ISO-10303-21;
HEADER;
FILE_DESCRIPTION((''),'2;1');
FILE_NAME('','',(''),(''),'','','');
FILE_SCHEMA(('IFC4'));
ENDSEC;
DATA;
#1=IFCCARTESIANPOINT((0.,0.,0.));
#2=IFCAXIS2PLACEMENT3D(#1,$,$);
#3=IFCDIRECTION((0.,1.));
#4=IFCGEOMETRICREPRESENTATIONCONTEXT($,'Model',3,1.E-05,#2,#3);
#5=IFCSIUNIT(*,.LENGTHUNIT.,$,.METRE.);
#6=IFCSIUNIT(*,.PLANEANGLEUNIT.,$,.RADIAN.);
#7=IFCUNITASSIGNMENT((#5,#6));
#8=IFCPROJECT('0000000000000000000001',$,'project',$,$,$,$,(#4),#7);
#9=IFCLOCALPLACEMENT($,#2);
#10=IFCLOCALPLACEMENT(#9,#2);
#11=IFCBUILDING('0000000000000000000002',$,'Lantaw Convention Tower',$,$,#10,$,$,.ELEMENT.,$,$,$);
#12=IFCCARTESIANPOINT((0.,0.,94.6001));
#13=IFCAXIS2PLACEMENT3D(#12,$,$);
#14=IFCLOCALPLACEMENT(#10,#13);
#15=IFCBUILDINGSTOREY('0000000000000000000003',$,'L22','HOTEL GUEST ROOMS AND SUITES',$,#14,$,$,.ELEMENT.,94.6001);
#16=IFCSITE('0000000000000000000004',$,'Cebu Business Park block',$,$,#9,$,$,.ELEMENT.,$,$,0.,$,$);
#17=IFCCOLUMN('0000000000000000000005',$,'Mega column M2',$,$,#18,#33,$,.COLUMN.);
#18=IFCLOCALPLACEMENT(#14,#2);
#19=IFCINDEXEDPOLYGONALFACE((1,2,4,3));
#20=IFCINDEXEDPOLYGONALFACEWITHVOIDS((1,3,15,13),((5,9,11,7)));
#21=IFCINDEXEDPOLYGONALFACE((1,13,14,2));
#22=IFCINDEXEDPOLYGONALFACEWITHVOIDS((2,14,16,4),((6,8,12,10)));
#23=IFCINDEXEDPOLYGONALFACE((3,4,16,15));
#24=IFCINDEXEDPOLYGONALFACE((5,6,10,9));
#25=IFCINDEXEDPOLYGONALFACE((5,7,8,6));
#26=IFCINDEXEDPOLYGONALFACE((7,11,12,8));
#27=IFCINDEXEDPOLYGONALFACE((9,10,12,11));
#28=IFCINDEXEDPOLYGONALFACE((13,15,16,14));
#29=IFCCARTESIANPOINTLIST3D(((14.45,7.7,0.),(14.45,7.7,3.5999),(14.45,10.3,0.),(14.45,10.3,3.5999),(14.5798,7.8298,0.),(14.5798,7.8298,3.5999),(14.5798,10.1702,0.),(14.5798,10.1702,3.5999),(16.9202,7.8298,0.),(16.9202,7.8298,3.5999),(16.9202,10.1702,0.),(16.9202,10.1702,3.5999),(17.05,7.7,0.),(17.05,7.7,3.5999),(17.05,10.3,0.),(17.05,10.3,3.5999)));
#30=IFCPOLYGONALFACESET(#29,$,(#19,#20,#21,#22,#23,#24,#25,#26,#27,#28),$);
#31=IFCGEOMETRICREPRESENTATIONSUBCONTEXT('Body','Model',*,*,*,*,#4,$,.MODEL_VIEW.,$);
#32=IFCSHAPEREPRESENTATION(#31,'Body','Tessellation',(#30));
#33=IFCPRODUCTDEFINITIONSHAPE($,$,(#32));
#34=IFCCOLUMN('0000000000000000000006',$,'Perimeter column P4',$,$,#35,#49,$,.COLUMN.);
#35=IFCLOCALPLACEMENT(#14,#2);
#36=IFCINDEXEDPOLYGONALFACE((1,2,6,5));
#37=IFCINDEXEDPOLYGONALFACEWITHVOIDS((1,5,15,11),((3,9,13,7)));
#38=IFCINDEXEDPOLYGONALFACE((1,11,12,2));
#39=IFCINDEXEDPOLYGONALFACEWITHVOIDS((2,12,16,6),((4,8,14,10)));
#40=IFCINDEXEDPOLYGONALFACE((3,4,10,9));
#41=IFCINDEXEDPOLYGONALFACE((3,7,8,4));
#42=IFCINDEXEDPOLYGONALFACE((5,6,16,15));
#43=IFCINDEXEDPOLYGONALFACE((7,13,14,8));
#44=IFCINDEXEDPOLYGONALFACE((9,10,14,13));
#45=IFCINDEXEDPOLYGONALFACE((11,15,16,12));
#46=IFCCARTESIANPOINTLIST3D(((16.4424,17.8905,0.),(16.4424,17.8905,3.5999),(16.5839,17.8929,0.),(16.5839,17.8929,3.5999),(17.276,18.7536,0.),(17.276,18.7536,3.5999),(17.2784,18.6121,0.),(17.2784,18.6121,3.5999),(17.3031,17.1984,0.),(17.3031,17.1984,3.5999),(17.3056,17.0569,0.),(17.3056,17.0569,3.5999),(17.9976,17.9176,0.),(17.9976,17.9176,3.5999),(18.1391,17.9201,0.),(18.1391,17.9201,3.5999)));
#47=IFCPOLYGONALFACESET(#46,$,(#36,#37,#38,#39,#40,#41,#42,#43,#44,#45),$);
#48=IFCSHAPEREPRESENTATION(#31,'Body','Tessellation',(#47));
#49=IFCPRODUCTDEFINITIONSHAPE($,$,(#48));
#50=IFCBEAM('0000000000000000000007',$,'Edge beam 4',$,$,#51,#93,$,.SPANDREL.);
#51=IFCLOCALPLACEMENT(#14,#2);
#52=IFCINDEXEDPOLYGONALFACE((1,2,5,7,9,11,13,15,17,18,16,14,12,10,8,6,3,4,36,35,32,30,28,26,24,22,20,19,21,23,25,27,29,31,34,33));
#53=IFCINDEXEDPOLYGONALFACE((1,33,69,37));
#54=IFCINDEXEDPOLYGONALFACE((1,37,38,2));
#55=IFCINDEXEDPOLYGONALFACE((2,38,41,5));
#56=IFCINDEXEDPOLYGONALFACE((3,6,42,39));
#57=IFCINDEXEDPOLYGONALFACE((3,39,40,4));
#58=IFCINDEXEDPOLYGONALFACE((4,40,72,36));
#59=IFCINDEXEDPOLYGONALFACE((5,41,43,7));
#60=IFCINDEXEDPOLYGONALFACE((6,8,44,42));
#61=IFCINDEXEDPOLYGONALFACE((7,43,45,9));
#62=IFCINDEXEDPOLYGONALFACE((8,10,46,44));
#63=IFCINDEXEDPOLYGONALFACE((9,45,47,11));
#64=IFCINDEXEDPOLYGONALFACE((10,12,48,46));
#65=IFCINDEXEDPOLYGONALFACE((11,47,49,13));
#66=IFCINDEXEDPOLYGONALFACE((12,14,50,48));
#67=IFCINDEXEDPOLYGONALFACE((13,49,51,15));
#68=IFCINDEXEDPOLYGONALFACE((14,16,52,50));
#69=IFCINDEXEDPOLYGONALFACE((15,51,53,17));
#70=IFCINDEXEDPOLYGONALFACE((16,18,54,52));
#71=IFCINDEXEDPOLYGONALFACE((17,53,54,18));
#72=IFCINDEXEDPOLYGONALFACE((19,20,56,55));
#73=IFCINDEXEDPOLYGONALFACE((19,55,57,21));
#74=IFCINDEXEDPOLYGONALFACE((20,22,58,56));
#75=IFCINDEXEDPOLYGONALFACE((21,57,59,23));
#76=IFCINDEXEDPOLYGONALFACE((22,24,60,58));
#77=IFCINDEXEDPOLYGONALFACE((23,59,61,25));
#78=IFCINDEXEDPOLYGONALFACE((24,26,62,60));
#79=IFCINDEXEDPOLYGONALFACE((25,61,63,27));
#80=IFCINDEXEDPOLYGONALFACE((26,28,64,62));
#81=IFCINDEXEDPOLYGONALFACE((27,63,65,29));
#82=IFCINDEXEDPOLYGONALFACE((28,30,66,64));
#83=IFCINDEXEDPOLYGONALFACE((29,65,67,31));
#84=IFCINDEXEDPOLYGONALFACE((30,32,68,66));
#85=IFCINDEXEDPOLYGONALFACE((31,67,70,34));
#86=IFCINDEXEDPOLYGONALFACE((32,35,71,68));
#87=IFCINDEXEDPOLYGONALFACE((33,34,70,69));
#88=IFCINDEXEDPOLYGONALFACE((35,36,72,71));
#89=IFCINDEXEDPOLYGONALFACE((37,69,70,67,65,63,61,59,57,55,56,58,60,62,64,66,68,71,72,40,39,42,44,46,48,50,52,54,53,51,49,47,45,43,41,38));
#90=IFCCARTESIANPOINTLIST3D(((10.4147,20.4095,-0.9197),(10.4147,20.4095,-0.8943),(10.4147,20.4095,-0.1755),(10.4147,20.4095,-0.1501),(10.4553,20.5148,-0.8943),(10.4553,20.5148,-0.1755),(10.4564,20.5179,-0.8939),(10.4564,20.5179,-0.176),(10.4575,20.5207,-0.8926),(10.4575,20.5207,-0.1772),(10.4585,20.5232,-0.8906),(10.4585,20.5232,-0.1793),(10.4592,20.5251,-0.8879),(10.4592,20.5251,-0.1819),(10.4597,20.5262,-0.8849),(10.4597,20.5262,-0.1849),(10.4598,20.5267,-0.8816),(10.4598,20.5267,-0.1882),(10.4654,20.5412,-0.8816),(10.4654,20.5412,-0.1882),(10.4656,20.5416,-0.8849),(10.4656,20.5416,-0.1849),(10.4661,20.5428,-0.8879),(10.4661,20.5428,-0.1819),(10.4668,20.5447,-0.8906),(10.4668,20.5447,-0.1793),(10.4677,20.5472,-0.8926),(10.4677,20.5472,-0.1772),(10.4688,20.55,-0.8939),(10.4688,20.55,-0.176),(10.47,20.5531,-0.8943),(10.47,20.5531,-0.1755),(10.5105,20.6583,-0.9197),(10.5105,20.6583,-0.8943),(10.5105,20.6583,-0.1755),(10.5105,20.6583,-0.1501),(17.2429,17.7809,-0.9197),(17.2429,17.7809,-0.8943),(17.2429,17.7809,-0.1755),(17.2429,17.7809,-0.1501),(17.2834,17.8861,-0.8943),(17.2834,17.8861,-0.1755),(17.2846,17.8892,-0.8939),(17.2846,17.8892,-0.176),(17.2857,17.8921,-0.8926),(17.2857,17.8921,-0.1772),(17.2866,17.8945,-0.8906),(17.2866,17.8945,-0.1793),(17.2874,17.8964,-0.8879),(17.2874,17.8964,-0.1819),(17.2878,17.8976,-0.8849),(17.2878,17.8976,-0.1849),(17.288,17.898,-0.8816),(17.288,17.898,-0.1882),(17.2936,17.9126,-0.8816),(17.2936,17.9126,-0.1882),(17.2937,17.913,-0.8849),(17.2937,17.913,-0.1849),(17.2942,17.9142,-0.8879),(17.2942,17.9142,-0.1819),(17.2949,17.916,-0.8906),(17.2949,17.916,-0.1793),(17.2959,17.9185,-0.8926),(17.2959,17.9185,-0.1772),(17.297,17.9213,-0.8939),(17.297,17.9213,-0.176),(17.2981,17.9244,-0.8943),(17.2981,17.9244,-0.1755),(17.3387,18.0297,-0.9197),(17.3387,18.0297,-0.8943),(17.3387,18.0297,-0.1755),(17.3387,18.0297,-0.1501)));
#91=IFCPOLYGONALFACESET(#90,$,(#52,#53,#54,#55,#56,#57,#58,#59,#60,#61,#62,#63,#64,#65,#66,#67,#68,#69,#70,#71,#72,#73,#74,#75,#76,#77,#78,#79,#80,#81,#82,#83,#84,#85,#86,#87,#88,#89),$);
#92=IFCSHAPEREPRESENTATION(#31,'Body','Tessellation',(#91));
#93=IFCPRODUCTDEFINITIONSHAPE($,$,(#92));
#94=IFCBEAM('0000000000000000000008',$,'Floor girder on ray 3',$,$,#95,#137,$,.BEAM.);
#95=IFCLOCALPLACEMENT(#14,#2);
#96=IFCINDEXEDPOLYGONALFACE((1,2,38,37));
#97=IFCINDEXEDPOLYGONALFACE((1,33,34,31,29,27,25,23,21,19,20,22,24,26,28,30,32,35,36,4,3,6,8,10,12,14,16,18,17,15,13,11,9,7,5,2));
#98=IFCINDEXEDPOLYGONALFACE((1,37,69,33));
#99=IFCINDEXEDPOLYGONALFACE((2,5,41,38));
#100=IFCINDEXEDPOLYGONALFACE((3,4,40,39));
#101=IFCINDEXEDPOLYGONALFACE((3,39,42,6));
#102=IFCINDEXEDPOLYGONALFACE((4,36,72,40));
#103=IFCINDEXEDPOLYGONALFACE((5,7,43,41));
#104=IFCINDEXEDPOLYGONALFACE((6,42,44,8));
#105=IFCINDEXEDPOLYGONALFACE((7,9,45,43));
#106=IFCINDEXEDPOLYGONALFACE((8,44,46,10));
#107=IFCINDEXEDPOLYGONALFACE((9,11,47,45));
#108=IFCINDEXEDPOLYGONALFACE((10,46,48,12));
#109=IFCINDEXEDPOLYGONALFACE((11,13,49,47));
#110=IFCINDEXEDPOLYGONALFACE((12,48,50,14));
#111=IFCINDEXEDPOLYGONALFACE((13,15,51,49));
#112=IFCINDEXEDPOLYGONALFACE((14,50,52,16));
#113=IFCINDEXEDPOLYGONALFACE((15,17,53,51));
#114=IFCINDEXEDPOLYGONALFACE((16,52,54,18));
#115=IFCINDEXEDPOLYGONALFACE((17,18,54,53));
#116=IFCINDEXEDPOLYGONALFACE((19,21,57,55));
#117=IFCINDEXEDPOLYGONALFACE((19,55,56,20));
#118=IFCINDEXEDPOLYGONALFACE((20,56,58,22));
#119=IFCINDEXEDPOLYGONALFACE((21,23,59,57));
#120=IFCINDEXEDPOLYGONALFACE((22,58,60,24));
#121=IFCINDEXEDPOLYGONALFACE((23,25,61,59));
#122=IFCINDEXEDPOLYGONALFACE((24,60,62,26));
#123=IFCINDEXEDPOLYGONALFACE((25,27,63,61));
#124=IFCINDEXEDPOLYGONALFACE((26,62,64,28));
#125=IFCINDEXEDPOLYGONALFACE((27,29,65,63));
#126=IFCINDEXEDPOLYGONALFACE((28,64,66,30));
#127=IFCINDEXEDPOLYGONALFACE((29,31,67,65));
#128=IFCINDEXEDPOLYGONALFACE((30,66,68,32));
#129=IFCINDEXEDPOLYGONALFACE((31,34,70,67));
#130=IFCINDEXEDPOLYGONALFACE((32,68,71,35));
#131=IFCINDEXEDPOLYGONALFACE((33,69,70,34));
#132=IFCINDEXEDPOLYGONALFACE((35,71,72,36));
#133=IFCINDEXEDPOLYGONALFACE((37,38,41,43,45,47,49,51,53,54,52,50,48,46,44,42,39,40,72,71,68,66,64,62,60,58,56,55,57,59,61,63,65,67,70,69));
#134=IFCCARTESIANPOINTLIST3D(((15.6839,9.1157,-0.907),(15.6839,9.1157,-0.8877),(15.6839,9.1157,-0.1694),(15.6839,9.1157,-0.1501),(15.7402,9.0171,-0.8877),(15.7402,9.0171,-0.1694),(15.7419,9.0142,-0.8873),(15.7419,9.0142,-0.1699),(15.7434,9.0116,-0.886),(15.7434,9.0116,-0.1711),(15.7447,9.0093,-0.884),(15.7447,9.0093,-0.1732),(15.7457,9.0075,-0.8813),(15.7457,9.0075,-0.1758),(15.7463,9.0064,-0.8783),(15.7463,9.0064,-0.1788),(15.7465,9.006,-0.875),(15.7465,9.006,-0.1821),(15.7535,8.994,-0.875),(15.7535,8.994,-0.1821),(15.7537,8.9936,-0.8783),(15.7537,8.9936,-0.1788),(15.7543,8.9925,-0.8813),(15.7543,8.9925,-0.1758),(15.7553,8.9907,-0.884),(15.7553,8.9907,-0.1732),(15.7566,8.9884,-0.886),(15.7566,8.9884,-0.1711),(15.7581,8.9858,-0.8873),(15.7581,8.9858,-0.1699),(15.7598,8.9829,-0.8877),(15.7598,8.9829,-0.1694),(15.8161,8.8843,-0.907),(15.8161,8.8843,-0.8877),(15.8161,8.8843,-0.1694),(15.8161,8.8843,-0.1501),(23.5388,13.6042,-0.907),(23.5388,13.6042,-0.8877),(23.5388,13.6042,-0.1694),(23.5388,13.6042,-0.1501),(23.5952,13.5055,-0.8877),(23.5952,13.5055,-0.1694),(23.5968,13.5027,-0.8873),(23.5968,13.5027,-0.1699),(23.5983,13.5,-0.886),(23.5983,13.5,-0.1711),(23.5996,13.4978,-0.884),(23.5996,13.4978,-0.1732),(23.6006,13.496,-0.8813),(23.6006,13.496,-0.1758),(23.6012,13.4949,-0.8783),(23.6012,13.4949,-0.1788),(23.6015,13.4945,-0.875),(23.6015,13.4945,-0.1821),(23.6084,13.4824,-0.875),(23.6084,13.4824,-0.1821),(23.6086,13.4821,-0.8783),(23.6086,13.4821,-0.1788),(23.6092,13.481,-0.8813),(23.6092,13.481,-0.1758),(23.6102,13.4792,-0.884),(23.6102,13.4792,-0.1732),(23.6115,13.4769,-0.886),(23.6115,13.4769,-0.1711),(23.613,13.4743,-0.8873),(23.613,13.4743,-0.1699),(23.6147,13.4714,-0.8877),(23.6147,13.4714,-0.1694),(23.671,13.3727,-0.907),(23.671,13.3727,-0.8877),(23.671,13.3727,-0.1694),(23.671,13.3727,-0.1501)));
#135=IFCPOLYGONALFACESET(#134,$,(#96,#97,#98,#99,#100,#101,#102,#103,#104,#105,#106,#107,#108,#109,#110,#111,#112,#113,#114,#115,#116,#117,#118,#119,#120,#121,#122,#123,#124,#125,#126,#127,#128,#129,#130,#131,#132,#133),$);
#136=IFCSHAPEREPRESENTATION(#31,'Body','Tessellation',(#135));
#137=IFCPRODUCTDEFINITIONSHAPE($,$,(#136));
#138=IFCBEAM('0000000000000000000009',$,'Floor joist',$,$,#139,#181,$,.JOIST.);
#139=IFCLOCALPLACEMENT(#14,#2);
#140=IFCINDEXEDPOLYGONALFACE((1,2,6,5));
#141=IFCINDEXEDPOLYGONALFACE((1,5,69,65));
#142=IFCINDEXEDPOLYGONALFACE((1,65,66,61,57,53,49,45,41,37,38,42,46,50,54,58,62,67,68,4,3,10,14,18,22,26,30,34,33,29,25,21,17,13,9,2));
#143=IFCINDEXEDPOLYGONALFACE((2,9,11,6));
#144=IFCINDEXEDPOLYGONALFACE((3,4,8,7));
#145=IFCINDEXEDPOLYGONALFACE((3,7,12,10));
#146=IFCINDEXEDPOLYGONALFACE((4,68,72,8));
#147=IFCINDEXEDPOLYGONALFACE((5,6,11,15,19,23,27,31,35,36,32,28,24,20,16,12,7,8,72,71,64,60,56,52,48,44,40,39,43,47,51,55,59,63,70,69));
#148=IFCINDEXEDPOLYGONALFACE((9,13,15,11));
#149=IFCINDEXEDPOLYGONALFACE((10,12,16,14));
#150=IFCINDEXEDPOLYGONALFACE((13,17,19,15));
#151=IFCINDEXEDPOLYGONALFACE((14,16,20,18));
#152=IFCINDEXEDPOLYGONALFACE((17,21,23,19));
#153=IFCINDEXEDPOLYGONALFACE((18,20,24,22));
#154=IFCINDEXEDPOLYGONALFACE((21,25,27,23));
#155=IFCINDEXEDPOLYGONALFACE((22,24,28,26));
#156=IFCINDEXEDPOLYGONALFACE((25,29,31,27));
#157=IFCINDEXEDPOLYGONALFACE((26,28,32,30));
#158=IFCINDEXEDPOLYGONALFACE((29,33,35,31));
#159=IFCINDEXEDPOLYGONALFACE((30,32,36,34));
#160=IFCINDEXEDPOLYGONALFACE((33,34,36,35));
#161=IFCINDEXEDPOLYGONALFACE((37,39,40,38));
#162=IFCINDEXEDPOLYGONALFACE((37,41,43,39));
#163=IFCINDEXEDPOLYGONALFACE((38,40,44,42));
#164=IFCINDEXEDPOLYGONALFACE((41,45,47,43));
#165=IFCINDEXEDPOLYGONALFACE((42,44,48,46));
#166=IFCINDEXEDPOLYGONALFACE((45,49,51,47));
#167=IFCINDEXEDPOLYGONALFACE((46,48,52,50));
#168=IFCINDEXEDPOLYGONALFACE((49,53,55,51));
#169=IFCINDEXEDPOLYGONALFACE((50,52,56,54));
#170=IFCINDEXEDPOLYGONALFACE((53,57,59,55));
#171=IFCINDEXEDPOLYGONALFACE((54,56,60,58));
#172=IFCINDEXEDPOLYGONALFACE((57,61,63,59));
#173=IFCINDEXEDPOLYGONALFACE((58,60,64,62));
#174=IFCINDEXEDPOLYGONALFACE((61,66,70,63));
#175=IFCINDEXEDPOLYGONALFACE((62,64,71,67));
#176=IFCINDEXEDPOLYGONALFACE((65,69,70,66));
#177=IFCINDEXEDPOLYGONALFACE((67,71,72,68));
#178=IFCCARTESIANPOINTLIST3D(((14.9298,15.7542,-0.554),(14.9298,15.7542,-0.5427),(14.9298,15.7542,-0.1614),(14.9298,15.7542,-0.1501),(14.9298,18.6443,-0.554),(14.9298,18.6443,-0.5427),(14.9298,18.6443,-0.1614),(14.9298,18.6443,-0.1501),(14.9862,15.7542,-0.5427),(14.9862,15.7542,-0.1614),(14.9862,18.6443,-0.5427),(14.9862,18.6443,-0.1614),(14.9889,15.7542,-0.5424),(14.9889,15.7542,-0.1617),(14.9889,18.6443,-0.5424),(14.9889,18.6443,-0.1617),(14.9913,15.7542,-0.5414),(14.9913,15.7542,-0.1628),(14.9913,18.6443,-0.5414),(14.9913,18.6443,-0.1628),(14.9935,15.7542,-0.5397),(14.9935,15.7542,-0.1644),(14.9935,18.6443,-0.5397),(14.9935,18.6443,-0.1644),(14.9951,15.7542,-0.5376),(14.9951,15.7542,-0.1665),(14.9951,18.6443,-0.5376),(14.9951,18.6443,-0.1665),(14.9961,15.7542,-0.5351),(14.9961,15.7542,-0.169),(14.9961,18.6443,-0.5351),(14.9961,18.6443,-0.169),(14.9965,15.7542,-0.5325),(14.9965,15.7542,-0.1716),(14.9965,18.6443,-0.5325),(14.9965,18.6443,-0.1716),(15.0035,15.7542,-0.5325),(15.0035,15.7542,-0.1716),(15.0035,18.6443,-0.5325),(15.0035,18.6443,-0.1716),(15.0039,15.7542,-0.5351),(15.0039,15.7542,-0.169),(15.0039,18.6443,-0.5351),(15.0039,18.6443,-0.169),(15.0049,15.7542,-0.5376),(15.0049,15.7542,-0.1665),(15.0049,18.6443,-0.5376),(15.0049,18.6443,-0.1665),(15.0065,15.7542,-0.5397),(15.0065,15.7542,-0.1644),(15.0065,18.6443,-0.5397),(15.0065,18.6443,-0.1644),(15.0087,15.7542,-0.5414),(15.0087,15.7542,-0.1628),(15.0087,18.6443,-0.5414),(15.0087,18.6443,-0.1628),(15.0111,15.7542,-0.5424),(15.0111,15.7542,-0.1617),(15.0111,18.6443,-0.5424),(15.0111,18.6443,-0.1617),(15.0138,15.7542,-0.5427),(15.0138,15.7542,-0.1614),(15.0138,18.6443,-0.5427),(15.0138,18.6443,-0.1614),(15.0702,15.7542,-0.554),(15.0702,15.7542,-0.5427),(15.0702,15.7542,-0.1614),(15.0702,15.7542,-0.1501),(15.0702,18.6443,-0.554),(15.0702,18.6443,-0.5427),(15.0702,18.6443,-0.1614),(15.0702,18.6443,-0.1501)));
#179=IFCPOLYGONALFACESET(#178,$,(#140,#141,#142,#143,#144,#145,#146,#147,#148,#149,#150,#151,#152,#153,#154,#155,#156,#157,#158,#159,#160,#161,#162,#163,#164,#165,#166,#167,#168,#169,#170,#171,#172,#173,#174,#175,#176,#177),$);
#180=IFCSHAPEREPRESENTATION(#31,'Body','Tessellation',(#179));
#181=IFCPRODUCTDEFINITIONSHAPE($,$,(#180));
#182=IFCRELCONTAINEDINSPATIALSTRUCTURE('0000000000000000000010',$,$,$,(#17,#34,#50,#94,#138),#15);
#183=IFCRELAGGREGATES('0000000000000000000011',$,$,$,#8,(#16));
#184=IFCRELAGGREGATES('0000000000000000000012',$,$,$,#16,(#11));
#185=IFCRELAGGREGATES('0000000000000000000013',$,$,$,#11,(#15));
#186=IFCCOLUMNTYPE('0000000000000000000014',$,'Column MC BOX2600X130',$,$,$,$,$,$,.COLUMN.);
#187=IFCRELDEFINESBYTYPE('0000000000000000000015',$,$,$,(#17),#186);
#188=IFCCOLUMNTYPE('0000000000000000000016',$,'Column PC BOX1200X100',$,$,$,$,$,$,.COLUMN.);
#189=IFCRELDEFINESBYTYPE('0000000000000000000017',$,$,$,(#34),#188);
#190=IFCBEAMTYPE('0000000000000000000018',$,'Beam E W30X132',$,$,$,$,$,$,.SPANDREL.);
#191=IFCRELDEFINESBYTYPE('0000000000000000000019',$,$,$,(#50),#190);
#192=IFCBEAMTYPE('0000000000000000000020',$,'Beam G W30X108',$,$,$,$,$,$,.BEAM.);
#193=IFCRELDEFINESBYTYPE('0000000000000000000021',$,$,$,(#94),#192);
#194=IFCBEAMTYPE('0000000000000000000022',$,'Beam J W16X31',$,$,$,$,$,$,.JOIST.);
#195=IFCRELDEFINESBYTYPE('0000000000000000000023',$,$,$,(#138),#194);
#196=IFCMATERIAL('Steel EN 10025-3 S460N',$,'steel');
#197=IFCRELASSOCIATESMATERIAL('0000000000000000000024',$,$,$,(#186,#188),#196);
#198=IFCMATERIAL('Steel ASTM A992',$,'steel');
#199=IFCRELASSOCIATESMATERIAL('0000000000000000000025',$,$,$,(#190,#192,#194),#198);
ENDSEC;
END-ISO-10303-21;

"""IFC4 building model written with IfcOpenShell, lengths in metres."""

from ifc_helpers import new_model, si_unit, direction, frame, origin, origin_2d, place, context, subcontext, project, spatial, rectangle, hollow_rectangle, i_section, extrude, material, material_profile, profile_set, type_object, element, save


model = new_model("IFC4")

# Units and contexts
model_context = context("Model", 3, precision=1e-05, world=origin(), true_north=direction((0.0, 1.0)))
body_context = subcontext(model_context, "Body", "Model", "MODEL_VIEW")
ifc_project = project(units=[si_unit("LENGTHUNIT", "METRE"), si_unit("PLANEANGLEUNIT", "RADIAN")], contexts=[model_context])

# Site, building, storey
site_placement = place(None, origin())
site = spatial("IfcSite", under=ifc_project, at=site_placement, Name="Cebu Business Park block", CompositionType="ELEMENT", RefElevation=0.0)
building_placement = place(site_placement, origin())
building = spatial("IfcBuilding", under=site, at=building_placement, Name="Lantaw Convention Tower", CompositionType="ELEMENT")
storey_placement = place(building_placement, frame((0.0, 0.0, 94.6001)))
storey = spatial("IfcBuildingStorey", under=building, at=storey_placement, Name="L22", Description="HOTEL GUEST ROOMS AND SUITES", CompositionType="ELEMENT", Elevation=94.6001)

# Columns
ifc_material_1 = material(Name="Steel EN 10025-3 S460N", Category="steel")
ifc_material_profile_1 = material_profile(ifc_material_1, hollow_rectangle(XDim=2.6001, YDim=2.6001, WallThickness=0.1299, at=origin_2d()), Name="BOX2600X130")
ifc_material_2 = material(Name="Concrete C60/75", Category="concrete")
ifc_material_profile_2 = material_profile(ifc_material_2, rectangle(XDim=2.3401, YDim=2.3401, at=origin_2d()), Name="Concrete fill of BOX2600X130")
ifc_profile_set_1 = profile_set([ifc_material_profile_1, ifc_material_profile_2], Name="Steel EN 10025-3 S460N")
column_type_1 = type_object("IfcColumnType", Name="Column MC BOX2600X130", PredefinedType="COLUMN", material=ifc_profile_set_1)
column_1_placement = place(storey_placement, frame((15.75, 9.0, 0.0), z_axis=(0.0, 0.0, 1.0), x_axis=(1.0, 0.0, 0.0)))
element("IfcColumn", 1, at=column_1_placement, inside=storey, type_object=column_type_1, Name="Mega column M2", PredefinedType="COLUMN", context=body_context, shape_type="SweptSolid", body=[
    extrude(hollow_rectangle(XDim=2.6001, YDim=2.6001, WallThickness=0.1299, at=origin_2d()), origin(), (0.0, 0.0, 1.0), 3.5999),
])
ifc_material_profile_3 = material_profile(ifc_material_1, hollow_rectangle(XDim=1.2, YDim=1.2, WallThickness=0.1001, at=origin_2d()), Name="BOX1200X100")
ifc_material_profile_4 = material_profile(ifc_material_2, rectangle(XDim=1.0, YDim=1.0, at=origin_2d()), Name="Concrete fill of BOX1200X100")
ifc_profile_set_2 = profile_set([ifc_material_profile_3, ifc_material_profile_4], Name="Steel EN 10025-3 S460N")
column_type_2 = type_object("IfcColumnType", Name="Column PC BOX1200X100", PredefinedType="COLUMN", material=ifc_profile_set_2)
column_2_placement = place(storey_placement, frame((17.2908, 17.9053, 0.0), z_axis=(0.0, 0.0, 1.0), x_axis=(0.694658, 0.71934, 0.0)))
element("IfcColumn", 2, at=column_2_placement, inside=storey, type_object=column_type_2, Name="Perimeter column P4", PredefinedType="COLUMN", context=body_context, shape_type="SweptSolid", body=[
    extrude(hollow_rectangle(XDim=1.2, YDim=1.2, WallThickness=0.1001, at=origin_2d()), origin(), (0.0, 0.0, 1.0), 3.5999),
])

# Beams
ifc_material_3 = material(Name="Steel ASTM A992", Category="steel")
ifc_material_profile_5 = material_profile(ifc_material_3, i_section(OverallWidth=0.2666, OverallDepth=0.7695, WebThickness=0.0156, FlangeThickness=0.0254, FilletRadius=0.0127, at=origin_2d()), Name="W30X132")
ifc_profile_set_3 = profile_set([ifc_material_profile_5], Name="Steel ASTM A992")
beam_type_1 = type_object("IfcBeamType", Name="Beam E W30X132", PredefinedType="SPANDREL", material=ifc_profile_set_3)
beam_1_placement = place(storey_placement, frame((17.2908, 17.9053, -0.5349), z_axis=(-0.933233, 0.359272, 0.0), x_axis=(-0.359272, -0.933233, 0.0)))
element("IfcBeam", 3, at=beam_1_placement, inside=storey, type_object=beam_type_1, Name="Edge beam 4", PredefinedType="SPANDREL", context=body_context, shape_type="SweptSolid", body=[
    extrude(i_section(OverallWidth=0.2666, OverallDepth=0.7695, WebThickness=0.0156, FlangeThickness=0.0254, FilletRadius=0.0127, at=origin_2d()), origin(), (0.0, 0.0, 1.0), 7.3167),
])
ifc_material_profile_6 = material_profile(ifc_material_3, i_section(OverallWidth=0.2666, OverallDepth=0.7568, WebThickness=0.0139, FlangeThickness=0.0193, FilletRadius=0.0127, at=origin_2d()), Name="W30X108")
ifc_profile_set_4 = profile_set([ifc_material_profile_6], Name="Steel ASTM A992")
beam_type_2 = type_object("IfcBeamType", Name="Beam G W30X108", PredefinedType="BEAM", material=ifc_profile_set_4)
beam_2_placement = place(storey_placement, frame((15.75, 9.0, -0.5286), z_axis=(0.868245, 0.496136, 0.0), x_axis=(-0.496136, 0.868245, 0.0)))
element("IfcBeam", 4, at=beam_2_placement, inside=storey, type_object=beam_type_2, Name="Floor girder on ray 3", PredefinedType="BEAM", context=body_context, shape_type="SweptSolid", body=[
    extrude(i_section(OverallWidth=0.2666, OverallDepth=0.7568, WebThickness=0.0139, FlangeThickness=0.0193, FilletRadius=0.0127, at=origin_2d()), origin(), (0.0, 0.0, 1.0), 9.0469),
])
ifc_material_profile_7 = material_profile(ifc_material_3, i_section(OverallWidth=0.1404, OverallDepth=0.4038, WebThickness=0.0071, FlangeThickness=0.0112, FilletRadius=0.0103, at=origin_2d()), Name="W16X31")
ifc_profile_set_5 = profile_set([ifc_material_profile_7], Name="Steel ASTM A992")
beam_type_3 = type_object("IfcBeamType", Name="Beam J W16X31", PredefinedType="JOIST", material=ifc_profile_set_5)
beam_3_placement = place(storey_placement, frame((15.0, 15.7542, -0.3521), z_axis=(0.0, 1.0, 0.0), x_axis=(-1.0, 0.0, 0.0)))
element("IfcBeam", 5, at=beam_3_placement, inside=storey, type_object=beam_type_3, Name="Floor joist", PredefinedType="JOIST", context=body_context, shape_type="SweptSolid", body=[
    extrude(i_section(OverallWidth=0.1404, OverallDepth=0.4038, WebThickness=0.0071, FlangeThickness=0.0112, FilletRadius=0.0103, at=origin_2d()), origin(), (0.0, 0.0, 1.0), 2.8901),
])

save(model, "model.ifc")
